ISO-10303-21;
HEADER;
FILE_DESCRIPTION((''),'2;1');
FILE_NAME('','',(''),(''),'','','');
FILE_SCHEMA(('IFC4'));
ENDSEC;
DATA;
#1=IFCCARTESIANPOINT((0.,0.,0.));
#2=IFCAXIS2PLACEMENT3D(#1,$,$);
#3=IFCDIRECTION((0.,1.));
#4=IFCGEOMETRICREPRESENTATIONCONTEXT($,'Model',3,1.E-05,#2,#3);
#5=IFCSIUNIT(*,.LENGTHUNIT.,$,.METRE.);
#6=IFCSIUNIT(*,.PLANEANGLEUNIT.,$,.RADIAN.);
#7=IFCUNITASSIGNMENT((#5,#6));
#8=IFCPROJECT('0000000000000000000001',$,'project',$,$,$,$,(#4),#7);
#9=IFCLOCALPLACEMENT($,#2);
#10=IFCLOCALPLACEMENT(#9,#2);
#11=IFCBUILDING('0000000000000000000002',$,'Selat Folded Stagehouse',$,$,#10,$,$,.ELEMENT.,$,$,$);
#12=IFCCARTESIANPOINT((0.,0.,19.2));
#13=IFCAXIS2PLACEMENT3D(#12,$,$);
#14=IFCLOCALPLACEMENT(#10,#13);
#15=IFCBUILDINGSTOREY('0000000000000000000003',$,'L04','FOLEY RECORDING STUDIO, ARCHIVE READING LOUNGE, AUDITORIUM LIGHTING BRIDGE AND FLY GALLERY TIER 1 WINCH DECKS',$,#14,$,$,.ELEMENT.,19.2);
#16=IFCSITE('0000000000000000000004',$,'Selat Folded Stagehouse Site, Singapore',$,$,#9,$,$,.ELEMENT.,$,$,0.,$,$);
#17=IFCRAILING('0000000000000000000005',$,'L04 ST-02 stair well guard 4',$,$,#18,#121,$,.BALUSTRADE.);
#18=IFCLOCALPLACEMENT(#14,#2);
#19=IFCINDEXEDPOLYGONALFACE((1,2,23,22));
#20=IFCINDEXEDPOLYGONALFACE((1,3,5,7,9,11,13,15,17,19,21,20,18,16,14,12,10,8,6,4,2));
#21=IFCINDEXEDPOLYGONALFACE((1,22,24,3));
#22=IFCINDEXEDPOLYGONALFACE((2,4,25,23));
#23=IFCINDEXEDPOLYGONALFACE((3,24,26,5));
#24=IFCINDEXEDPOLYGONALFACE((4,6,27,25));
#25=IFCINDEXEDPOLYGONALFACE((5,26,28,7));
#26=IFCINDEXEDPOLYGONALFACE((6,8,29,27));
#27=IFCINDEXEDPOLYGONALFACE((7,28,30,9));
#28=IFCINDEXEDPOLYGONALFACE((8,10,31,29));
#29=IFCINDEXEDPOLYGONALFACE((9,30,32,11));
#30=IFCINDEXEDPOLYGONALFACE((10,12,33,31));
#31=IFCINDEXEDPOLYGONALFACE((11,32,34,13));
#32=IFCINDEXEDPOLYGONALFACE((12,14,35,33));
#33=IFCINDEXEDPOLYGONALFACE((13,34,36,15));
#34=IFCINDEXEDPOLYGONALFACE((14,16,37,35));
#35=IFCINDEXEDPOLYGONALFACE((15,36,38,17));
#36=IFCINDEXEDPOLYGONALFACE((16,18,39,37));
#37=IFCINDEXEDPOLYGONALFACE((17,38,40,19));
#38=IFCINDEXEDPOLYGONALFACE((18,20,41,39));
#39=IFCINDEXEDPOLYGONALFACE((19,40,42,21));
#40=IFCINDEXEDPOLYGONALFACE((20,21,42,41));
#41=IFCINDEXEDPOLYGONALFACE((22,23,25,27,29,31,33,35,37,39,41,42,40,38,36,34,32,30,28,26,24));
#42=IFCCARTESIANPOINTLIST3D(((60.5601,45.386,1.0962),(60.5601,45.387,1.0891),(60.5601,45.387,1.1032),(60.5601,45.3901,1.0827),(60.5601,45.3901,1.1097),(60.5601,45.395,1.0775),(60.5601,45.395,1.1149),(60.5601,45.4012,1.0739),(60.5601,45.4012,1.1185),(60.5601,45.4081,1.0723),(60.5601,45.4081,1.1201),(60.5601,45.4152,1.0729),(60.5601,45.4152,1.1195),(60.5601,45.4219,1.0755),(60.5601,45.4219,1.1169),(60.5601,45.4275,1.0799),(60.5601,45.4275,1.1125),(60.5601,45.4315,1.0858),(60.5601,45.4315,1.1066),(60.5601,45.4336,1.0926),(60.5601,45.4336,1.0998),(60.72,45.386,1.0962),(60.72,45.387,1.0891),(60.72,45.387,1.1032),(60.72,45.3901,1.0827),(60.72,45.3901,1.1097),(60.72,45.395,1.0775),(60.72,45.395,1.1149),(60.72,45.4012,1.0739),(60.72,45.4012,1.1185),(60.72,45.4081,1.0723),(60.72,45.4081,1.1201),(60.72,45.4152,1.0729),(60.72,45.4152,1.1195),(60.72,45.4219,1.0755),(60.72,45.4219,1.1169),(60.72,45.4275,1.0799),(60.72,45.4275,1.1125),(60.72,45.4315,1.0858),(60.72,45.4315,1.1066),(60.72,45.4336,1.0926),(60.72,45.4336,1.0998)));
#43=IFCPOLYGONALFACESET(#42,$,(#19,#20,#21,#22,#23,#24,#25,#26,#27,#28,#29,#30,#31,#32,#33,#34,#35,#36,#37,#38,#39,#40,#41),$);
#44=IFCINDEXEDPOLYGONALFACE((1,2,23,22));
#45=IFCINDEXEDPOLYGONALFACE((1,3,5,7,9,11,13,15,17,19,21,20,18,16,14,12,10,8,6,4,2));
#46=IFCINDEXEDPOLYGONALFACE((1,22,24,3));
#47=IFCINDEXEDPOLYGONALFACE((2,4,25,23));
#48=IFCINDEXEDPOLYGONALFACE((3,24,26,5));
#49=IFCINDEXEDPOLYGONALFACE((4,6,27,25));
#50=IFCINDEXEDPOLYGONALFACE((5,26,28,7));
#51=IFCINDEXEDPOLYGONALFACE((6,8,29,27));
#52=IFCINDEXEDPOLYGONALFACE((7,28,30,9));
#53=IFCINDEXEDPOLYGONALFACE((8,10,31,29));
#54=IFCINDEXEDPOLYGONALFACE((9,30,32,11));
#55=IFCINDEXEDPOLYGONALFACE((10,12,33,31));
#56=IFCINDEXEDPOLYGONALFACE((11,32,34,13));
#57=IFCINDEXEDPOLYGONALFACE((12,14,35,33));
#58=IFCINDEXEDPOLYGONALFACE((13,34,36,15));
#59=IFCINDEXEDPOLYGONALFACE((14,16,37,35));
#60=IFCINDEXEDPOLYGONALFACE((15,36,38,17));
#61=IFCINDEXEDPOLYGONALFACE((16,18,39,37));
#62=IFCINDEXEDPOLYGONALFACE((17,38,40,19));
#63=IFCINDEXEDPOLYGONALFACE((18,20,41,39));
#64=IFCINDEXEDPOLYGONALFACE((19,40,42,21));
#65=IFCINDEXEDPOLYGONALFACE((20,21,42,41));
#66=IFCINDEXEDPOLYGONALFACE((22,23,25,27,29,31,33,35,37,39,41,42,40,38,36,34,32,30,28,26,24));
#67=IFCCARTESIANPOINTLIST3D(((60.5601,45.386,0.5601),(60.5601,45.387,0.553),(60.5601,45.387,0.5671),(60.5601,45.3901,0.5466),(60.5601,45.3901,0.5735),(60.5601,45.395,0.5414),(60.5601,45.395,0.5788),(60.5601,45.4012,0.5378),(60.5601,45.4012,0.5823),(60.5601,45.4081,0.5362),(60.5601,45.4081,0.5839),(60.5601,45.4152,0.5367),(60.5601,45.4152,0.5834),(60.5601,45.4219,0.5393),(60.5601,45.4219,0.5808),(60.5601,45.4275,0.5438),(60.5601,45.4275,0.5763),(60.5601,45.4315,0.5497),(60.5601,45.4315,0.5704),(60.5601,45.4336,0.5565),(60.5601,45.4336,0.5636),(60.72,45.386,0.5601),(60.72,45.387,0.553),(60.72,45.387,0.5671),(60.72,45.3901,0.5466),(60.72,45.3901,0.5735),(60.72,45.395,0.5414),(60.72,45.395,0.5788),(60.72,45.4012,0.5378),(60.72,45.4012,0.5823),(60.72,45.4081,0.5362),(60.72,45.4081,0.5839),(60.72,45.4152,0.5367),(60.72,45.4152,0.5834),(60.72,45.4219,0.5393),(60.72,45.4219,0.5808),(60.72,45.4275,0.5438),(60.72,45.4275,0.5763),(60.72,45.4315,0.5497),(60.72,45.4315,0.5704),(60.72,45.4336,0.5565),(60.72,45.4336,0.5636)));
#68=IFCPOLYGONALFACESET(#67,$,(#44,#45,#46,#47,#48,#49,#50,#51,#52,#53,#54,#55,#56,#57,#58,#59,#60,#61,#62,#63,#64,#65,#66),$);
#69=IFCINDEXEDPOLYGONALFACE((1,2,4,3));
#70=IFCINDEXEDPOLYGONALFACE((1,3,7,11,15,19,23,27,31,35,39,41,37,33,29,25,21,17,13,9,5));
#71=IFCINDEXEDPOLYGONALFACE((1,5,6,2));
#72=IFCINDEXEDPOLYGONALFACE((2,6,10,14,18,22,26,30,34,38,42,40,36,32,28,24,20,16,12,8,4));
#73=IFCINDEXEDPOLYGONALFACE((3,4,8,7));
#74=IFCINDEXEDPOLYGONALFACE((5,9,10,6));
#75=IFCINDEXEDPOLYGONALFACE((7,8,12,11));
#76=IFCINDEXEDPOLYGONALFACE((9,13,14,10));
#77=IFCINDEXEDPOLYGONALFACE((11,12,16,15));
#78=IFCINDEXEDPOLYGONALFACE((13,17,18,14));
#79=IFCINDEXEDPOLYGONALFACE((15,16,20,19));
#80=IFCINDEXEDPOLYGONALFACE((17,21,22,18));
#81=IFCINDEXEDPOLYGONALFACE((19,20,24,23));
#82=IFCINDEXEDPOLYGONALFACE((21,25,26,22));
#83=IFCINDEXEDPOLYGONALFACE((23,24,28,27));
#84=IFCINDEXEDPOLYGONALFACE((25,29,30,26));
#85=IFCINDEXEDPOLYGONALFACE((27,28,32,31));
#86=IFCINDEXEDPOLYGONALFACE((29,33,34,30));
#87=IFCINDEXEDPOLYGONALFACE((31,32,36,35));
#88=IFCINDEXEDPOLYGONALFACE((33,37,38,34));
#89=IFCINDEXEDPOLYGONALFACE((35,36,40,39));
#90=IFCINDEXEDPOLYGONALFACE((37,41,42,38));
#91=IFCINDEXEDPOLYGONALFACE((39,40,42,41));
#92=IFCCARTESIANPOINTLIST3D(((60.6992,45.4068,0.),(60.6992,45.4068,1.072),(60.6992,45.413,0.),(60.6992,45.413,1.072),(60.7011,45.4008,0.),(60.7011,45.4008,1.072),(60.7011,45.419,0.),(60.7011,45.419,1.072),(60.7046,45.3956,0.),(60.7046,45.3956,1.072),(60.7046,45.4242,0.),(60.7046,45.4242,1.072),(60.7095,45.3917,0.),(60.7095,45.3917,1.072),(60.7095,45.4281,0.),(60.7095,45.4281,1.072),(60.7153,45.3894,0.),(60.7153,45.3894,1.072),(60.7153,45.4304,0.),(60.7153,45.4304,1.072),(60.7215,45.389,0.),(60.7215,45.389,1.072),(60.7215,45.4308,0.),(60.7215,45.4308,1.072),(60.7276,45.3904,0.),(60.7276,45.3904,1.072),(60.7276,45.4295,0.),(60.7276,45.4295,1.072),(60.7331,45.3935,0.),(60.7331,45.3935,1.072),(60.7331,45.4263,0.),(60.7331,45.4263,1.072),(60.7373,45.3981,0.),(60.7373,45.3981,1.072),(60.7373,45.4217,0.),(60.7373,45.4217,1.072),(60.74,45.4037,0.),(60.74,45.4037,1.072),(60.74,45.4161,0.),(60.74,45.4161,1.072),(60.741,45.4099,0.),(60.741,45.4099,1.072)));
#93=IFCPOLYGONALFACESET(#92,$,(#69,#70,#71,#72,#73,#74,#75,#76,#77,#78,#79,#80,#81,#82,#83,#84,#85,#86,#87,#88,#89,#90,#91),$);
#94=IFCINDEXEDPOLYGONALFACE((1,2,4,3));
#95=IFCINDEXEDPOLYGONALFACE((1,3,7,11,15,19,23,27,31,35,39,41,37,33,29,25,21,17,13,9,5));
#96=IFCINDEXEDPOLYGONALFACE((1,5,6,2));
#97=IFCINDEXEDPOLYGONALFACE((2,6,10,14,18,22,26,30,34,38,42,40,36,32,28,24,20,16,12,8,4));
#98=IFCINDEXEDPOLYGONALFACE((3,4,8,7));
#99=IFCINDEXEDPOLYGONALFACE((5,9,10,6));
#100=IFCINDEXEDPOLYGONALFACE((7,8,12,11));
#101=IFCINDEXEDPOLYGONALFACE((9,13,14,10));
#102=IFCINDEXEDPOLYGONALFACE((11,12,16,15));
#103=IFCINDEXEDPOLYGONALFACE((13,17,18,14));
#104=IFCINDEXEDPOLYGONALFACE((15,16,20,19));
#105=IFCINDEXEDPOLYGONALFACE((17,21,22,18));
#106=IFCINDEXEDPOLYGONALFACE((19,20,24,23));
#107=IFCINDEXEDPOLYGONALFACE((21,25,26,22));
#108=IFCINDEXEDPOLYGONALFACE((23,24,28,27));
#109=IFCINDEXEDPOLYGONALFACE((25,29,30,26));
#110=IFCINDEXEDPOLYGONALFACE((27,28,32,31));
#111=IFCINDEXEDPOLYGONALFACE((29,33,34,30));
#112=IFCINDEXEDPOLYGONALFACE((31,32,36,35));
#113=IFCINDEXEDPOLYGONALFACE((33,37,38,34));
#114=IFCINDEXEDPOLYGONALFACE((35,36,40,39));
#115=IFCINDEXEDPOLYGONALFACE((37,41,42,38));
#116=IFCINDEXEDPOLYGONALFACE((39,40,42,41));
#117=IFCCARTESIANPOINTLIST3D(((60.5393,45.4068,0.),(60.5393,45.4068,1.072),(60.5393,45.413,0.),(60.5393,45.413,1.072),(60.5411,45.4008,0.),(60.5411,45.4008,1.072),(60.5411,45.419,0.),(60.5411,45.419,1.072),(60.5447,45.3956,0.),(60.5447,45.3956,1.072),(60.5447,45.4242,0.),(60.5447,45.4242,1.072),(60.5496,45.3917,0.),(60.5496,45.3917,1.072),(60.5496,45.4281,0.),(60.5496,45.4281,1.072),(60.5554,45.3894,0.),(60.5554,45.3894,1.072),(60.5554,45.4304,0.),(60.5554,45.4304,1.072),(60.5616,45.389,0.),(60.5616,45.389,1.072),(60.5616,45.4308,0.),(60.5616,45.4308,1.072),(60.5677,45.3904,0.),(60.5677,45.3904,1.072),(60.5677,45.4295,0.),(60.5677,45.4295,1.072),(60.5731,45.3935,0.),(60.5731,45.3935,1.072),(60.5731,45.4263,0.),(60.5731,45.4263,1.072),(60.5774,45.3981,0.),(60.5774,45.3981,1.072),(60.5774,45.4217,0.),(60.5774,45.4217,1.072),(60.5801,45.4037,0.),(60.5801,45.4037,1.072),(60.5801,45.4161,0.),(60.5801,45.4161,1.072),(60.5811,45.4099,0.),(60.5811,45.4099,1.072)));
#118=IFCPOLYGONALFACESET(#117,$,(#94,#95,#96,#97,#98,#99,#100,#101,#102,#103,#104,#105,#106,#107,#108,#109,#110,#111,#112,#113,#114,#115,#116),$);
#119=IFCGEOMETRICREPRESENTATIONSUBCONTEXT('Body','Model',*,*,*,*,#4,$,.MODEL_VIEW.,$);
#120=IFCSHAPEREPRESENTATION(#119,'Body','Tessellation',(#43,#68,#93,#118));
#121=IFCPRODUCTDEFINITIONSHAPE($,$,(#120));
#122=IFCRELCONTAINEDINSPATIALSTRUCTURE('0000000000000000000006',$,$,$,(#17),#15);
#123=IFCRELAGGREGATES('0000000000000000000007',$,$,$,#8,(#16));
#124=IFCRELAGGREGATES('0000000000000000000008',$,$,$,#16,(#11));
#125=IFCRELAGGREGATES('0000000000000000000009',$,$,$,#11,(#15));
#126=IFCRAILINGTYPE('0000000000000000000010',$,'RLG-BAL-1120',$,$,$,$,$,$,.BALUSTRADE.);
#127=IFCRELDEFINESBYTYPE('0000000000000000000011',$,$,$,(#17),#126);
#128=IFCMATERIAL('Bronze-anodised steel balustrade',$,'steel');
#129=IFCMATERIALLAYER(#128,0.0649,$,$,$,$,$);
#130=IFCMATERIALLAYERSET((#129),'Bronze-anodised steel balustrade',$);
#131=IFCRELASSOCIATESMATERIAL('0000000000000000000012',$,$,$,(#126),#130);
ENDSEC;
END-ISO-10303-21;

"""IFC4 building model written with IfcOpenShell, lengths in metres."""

from ifc_helpers import new_model, si_unit, direction, frame, origin, origin_2d, place, context, subcontext, project, spatial, circle, extrude, material, layer, layer_set, type_object, element, save


model = new_model("IFC4")

# Units and contexts
model_context = context("Model", 3, precision=1e-05, world=origin(), true_north=direction((0.0, 1.0)))
body_context = subcontext(model_context, "Body", "Model", "MODEL_VIEW")
ifc_project = project(units=[si_unit("LENGTHUNIT", "METRE"), si_unit("PLANEANGLEUNIT", "RADIAN")], contexts=[model_context])

# Site, building, storey
site_placement = place(None, origin())
site = spatial("IfcSite", under=ifc_project, at=site_placement, Name="Selat Folded Stagehouse Site, Singapore", CompositionType="ELEMENT", RefElevation=0.0)
building_placement = place(site_placement, origin())
building = spatial("IfcBuilding", under=site, at=building_placement, Name="Selat Folded Stagehouse", CompositionType="ELEMENT")
storey_placement = place(building_placement, frame((0.0, 0.0, 19.2)))
storey = spatial("IfcBuildingStorey", under=building, at=storey_placement, Name="L04", Description="FOLEY RECORDING STUDIO, ARCHIVE READING LOUNGE, AUDITORIUM LIGHTING BRIDGE AND FLY GALLERY TIER 1 WINCH DECKS", CompositionType="ELEMENT", Elevation=19.2)

# Railing
ifc_material_1 = material(Name="Bronze-anodised steel balustrade", Category="steel")
ifc_layer_1 = layer(ifc_material_1, 0.0649)
ifc_layer_set_1 = layer_set([ifc_layer_1], Name="Bronze-anodised steel balustrade")
railing_type_1 = type_object("IfcRailingType", Name="RLG-BAL-1120", PredefinedType="BALUSTRADE", material=ifc_layer_set_1)
railing_1_placement = place(storey_placement, frame((60.72, 45.4099, 0.0)))
element("IfcRailing", 1, at=railing_1_placement, inside=storey, type_object=railing_type_1, Name="L04 ST-02 stair well guard 4", PredefinedType="BALUSTRADE", context=body_context, shape_type="SweptSolid", body=[
    extrude(circle(Radius=0.0239, at=origin_2d()), frame((0.0, 0.0, 1.0962), z_axis=(-1.0, 0.0, 0.0), x_axis=(0.0, -1.0, 0.0)), (0.0, 0.0, 1.0), 0.1599),
    extrude(circle(Radius=0.0239, at=origin_2d()), frame((0.0, 0.0, 0.5601), z_axis=(-1.0, 0.0, 0.0), x_axis=(0.0, -1.0, 0.0)), (0.0, 0.0, 1.0), 0.1599),
    extrude(circle(Radius=0.021, at=origin_2d()), origin(), (0.0, 0.0, 1.0), 1.072),
    extrude(circle(Radius=0.021, at=origin_2d()), frame((-0.1599, 0.0, 0.0)), (0.0, 0.0, 1.0), 1.072),
])

save(model, "model.ifc")
